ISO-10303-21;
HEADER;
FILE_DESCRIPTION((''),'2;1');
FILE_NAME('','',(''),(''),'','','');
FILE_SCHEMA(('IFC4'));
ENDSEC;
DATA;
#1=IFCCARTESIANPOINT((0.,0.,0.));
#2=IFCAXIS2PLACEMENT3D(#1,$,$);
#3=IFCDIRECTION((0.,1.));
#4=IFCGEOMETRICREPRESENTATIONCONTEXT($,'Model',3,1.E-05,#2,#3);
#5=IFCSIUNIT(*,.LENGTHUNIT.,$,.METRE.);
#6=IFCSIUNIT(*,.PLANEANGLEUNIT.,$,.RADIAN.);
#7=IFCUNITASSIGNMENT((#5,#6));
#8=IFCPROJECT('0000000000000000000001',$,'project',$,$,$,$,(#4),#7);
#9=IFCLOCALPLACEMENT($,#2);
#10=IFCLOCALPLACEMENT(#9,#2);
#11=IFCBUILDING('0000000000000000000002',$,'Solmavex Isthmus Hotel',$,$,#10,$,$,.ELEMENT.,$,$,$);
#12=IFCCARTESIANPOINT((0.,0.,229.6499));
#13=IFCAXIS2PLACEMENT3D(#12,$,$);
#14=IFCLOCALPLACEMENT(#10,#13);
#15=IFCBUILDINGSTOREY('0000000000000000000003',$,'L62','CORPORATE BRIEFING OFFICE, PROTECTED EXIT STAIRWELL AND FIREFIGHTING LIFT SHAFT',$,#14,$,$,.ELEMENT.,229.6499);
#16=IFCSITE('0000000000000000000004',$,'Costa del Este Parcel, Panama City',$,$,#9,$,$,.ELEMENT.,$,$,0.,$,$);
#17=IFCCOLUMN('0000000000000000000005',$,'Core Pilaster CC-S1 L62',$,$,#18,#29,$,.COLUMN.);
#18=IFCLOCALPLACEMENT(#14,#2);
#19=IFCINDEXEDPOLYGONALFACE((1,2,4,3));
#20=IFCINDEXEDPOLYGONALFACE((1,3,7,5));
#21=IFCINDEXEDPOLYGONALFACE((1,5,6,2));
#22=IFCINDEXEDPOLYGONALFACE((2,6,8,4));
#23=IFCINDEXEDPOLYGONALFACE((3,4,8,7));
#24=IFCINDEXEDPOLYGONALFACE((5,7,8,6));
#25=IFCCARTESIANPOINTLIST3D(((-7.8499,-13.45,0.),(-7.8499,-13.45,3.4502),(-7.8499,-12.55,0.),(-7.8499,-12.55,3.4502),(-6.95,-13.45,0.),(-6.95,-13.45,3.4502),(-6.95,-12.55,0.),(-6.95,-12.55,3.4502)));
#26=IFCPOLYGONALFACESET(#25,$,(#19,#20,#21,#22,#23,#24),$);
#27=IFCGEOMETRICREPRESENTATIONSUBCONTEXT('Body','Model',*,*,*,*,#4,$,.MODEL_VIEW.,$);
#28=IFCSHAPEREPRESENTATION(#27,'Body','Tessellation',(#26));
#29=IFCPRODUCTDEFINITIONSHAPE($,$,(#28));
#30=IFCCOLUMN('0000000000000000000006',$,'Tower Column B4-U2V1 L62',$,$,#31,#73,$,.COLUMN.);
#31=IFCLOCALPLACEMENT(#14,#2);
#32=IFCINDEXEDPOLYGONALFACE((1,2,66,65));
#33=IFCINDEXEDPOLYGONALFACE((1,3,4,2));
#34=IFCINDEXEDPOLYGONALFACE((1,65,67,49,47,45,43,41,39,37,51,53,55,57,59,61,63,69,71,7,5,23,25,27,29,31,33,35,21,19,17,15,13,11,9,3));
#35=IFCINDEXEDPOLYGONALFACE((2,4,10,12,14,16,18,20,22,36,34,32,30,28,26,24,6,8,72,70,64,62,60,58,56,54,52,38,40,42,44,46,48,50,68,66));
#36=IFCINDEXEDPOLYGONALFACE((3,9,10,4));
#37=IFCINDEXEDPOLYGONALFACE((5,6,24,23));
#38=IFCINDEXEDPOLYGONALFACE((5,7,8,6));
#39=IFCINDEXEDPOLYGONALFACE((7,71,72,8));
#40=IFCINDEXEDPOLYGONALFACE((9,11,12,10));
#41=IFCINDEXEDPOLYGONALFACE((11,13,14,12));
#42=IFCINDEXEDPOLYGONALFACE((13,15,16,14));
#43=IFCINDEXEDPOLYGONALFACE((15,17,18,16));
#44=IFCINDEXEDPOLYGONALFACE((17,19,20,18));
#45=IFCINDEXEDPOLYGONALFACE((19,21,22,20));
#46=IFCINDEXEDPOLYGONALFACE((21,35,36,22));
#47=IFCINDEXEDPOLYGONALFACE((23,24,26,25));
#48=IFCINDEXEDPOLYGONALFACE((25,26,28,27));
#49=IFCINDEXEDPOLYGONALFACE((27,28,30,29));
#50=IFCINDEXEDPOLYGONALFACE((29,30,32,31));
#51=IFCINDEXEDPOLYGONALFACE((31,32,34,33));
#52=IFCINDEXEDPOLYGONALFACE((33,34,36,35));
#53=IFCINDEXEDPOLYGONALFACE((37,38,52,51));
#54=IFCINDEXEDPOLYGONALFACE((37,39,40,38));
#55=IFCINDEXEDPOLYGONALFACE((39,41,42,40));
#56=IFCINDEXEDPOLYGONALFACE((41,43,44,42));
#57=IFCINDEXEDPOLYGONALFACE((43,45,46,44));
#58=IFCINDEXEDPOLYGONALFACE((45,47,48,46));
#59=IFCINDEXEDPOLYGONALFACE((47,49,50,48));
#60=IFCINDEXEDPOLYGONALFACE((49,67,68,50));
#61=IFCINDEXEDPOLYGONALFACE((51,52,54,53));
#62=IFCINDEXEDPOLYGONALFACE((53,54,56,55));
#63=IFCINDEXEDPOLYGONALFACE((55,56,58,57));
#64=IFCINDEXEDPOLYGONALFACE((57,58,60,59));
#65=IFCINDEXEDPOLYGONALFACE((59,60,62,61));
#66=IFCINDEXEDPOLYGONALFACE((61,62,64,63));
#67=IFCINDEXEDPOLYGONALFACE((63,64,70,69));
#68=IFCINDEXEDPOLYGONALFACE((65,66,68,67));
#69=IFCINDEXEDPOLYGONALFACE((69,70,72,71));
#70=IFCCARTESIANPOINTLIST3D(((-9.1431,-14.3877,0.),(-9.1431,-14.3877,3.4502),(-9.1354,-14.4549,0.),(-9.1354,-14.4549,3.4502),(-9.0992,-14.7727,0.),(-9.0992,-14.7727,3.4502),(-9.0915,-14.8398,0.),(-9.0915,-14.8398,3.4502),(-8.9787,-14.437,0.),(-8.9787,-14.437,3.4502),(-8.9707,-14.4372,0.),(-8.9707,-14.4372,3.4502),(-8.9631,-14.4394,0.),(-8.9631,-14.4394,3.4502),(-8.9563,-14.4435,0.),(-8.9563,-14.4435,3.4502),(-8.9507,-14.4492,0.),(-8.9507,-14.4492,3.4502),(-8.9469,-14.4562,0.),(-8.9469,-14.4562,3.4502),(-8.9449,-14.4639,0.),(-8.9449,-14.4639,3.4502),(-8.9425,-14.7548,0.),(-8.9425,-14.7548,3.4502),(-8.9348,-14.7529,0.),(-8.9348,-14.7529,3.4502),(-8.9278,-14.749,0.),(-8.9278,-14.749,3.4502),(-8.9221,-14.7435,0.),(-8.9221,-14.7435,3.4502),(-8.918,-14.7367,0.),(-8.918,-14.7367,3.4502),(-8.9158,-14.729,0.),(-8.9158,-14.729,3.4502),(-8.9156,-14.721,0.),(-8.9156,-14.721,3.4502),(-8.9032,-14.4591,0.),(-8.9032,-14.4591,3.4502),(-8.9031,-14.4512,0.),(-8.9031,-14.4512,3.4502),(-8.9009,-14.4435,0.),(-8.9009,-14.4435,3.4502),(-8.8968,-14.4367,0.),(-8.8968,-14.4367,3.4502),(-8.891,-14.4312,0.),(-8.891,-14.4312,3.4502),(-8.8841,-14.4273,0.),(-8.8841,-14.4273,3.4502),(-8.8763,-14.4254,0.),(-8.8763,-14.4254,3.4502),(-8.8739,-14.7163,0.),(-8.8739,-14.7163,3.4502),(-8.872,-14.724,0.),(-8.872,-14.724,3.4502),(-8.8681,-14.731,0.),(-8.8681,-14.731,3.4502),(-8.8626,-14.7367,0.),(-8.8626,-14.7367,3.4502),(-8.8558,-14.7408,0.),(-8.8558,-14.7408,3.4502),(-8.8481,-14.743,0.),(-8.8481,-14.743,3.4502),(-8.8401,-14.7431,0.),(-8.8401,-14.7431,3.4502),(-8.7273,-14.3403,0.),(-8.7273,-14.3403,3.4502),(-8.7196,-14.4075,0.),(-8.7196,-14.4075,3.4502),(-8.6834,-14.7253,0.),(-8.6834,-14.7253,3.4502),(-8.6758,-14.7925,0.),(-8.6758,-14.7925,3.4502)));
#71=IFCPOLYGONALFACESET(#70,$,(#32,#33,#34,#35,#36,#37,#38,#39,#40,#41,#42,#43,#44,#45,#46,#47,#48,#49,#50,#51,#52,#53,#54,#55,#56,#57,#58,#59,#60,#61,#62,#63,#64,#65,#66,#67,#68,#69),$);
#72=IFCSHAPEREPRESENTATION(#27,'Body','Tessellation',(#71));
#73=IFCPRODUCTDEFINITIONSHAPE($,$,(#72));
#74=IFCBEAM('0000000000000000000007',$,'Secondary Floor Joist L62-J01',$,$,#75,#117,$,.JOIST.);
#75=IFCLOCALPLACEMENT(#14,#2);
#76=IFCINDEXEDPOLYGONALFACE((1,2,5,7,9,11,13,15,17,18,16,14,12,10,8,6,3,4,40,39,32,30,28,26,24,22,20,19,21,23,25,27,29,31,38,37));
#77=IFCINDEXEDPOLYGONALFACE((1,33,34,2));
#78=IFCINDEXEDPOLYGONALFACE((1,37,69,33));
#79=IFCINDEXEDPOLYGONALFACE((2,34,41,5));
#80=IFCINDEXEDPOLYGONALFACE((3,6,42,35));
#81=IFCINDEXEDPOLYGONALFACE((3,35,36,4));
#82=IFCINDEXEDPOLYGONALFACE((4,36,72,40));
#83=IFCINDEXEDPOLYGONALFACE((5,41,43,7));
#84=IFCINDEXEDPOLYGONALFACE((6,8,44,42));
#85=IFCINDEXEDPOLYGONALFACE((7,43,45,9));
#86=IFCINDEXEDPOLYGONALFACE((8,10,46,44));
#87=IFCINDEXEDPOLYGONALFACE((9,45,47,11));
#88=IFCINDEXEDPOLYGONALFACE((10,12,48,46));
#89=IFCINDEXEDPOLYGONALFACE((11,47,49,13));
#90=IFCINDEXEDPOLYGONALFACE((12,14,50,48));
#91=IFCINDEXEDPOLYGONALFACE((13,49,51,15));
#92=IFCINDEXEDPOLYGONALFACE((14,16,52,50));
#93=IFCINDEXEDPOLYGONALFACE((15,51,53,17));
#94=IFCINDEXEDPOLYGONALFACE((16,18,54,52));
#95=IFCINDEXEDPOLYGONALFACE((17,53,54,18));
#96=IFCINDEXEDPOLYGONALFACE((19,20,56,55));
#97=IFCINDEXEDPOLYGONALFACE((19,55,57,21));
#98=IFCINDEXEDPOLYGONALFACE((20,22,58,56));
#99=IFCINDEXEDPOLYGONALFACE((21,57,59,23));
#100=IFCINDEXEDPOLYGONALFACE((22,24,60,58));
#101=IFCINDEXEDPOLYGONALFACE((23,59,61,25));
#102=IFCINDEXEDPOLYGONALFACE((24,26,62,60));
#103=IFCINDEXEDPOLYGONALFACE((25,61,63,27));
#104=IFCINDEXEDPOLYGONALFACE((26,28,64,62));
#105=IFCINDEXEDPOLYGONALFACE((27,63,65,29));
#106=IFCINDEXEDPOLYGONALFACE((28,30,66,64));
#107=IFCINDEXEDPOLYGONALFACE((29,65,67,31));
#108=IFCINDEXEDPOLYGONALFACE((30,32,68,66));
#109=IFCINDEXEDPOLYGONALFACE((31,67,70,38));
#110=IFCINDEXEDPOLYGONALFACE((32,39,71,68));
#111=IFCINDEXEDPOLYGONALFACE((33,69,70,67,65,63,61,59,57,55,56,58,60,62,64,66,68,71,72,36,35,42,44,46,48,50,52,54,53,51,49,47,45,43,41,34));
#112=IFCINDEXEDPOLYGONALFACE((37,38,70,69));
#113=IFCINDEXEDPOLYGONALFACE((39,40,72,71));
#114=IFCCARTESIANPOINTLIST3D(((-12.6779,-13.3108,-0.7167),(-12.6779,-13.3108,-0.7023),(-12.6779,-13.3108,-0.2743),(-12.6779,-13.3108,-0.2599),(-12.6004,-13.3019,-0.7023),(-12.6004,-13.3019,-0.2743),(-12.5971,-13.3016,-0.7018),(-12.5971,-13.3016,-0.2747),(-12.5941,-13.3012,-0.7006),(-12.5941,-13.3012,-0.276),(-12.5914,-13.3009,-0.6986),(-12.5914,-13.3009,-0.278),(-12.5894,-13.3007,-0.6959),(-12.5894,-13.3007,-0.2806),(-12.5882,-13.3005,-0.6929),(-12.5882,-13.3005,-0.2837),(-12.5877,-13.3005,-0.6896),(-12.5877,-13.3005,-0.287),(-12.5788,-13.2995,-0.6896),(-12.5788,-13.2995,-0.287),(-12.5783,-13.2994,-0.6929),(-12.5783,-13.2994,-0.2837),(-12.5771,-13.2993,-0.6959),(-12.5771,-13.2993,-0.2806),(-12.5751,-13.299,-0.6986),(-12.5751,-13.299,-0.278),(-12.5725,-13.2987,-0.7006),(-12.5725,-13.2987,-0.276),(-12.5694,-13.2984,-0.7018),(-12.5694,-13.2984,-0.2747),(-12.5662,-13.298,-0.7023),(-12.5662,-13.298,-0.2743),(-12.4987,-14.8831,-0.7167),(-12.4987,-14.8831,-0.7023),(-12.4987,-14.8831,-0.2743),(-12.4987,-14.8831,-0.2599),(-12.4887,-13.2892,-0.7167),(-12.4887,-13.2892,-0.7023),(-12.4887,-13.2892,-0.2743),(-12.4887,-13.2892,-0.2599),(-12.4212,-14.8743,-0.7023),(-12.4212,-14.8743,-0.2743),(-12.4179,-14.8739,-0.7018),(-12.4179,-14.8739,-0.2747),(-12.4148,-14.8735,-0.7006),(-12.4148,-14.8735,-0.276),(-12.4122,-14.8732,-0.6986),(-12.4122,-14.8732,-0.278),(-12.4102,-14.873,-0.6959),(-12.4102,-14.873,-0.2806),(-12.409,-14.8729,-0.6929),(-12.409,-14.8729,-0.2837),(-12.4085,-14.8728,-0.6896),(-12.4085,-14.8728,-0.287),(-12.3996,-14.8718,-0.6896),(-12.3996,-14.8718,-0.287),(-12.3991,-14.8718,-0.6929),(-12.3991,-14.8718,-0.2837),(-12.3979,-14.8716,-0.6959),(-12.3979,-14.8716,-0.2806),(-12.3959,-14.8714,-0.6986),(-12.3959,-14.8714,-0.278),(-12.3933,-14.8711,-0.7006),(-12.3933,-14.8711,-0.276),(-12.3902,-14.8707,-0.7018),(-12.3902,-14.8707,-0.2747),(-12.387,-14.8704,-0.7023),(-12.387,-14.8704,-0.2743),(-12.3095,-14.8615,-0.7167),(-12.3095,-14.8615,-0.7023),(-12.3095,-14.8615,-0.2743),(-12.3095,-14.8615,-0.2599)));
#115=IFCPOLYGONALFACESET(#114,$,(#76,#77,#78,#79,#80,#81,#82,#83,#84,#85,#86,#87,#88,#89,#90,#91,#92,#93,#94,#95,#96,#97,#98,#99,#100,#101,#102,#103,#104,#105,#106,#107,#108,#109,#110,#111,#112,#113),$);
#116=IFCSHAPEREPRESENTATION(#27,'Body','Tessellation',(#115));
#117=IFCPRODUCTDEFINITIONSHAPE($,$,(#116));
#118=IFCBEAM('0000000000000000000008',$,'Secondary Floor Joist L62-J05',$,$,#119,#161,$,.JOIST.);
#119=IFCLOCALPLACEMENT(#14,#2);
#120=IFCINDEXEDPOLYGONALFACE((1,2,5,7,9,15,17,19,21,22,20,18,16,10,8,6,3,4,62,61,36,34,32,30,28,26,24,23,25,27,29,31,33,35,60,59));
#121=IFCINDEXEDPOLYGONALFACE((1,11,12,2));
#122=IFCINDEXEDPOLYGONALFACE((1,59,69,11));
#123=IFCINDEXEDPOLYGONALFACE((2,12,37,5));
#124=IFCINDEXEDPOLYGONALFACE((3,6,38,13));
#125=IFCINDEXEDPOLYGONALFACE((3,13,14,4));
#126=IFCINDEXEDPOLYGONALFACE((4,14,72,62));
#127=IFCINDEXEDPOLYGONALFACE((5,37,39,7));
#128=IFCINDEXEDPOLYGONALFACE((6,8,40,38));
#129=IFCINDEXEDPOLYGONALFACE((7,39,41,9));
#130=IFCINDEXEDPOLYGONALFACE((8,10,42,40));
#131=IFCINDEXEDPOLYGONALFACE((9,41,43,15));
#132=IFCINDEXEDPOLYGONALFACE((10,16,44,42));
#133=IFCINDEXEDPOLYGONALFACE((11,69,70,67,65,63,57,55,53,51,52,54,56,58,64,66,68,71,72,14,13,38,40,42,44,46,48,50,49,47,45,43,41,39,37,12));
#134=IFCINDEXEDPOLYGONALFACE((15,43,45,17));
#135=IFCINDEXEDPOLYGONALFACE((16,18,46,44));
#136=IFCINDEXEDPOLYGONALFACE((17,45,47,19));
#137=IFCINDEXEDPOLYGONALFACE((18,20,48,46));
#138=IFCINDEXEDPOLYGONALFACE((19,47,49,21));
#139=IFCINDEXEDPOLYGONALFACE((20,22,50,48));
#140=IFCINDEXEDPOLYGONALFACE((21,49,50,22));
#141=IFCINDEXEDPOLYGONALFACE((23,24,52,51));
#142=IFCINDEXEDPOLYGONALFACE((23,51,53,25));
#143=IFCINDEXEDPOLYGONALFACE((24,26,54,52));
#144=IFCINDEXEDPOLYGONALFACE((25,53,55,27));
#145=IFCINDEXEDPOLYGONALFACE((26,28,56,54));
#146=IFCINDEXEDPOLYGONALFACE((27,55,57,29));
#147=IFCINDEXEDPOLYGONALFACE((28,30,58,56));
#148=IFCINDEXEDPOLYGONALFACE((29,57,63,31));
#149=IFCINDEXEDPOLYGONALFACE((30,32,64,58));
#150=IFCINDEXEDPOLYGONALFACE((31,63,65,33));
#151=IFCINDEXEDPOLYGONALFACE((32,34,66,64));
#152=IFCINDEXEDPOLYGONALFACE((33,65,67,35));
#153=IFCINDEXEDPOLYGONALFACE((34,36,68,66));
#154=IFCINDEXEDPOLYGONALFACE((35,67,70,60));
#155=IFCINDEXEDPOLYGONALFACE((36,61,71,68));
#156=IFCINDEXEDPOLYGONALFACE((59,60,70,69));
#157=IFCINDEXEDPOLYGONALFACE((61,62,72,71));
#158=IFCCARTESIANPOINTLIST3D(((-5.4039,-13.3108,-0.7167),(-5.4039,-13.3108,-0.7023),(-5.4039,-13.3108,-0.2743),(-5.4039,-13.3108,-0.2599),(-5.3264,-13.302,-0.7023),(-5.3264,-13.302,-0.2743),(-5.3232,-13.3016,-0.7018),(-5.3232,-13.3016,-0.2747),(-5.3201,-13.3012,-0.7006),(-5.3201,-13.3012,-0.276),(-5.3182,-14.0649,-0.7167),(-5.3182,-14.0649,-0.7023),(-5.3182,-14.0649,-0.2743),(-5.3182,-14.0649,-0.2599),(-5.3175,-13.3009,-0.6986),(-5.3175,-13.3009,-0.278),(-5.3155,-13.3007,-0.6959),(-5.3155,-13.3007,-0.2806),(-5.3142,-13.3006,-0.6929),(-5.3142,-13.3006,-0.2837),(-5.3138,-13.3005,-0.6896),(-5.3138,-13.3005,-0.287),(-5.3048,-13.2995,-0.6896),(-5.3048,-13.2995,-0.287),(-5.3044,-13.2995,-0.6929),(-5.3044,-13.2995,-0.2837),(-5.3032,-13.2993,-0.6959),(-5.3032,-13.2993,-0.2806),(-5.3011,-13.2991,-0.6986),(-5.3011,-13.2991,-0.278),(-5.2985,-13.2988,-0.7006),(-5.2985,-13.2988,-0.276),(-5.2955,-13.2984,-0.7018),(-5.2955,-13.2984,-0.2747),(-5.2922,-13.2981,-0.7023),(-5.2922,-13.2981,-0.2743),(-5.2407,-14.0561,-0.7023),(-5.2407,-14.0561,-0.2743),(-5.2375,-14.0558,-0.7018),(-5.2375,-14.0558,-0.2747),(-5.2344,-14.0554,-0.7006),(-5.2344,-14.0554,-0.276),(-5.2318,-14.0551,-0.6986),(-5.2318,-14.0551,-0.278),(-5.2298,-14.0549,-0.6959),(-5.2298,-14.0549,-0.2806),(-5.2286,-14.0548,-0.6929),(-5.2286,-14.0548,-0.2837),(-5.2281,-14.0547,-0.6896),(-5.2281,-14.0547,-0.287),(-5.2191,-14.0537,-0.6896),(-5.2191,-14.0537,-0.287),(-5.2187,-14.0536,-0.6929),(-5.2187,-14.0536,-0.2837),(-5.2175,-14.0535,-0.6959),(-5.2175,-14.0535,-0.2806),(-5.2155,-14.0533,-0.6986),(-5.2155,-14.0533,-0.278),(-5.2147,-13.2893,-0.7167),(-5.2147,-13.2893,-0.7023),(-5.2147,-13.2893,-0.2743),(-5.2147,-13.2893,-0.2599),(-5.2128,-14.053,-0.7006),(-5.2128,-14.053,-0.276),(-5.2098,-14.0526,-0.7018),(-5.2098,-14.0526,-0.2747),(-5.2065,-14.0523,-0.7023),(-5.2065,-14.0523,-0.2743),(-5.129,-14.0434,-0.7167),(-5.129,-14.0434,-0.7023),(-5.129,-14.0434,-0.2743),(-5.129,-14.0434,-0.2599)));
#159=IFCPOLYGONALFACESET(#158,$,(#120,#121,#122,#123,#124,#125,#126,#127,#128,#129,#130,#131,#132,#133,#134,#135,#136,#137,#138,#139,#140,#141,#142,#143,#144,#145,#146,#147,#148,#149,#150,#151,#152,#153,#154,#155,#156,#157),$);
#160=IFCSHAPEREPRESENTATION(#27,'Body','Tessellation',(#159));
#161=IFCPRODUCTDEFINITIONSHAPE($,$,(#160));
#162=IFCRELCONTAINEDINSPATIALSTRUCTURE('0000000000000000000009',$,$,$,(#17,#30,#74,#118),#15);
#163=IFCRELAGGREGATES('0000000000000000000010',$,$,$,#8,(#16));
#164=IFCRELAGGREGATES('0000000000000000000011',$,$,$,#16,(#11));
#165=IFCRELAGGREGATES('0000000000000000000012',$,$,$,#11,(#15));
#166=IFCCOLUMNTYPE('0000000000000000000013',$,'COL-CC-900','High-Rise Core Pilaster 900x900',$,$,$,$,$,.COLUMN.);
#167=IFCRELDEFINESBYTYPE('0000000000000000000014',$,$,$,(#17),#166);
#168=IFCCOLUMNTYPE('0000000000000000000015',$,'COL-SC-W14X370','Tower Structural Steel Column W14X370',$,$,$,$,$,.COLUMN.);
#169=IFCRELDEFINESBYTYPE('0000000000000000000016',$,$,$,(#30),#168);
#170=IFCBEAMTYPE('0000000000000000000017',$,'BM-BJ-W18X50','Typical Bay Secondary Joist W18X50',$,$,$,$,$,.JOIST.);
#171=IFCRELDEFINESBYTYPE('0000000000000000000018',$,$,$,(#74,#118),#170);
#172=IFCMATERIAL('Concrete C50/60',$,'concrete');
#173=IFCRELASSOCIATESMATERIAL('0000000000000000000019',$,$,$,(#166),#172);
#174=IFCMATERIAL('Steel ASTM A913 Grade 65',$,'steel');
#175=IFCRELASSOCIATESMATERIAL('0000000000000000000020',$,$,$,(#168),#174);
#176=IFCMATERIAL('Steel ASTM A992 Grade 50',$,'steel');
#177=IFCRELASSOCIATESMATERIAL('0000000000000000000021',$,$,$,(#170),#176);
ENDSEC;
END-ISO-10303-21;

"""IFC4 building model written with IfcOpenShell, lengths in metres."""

from ifc_helpers import new_model, si_unit, direction, frame, origin, origin_2d, place, context, subcontext, project, spatial, rectangle, i_section, extrude, material, material_profile, profile_set, type_object, element, save


model = new_model("IFC4")

# Units and contexts
model_context = context("Model", 3, precision=1e-05, world=origin(), true_north=direction((0.0, 1.0)))
body_context = subcontext(model_context, "Body", "Model", "MODEL_VIEW")
ifc_project = project(units=[si_unit("LENGTHUNIT", "METRE"), si_unit("PLANEANGLEUNIT", "RADIAN")], contexts=[model_context])

# Site, building, storey
site_placement = place(None, origin())
site = spatial("IfcSite", under=ifc_project, at=site_placement, Name="Costa del Este Parcel, Panama City", CompositionType="ELEMENT", RefElevation=0.0)
building_placement = place(site_placement, origin())
building = spatial("IfcBuilding", under=site, at=building_placement, Name="Solmavex Isthmus Hotel", CompositionType="ELEMENT")
storey_placement = place(building_placement, frame((0.0, 0.0, 229.6499)))
storey = spatial("IfcBuildingStorey", under=building, at=storey_placement, Name="L62", Description="CORPORATE BRIEFING OFFICE, PROTECTED EXIT STAIRWELL AND FIREFIGHTING LIFT SHAFT", CompositionType="ELEMENT", Elevation=229.6499)

# Columns
ifc_material_1 = material(Name="Concrete C50/60", Category="concrete")
ifc_material_profile_1 = material_profile(ifc_material_1, rectangle(XDim=0.8999, YDim=0.8999, at=origin_2d()), Name="RC900X900")
ifc_profile_set_1 = profile_set([ifc_material_profile_1], Name="Concrete C50/60")
column_type_1 = type_object("IfcColumnType", Name="COL-CC-900", Description="High-Rise Core Pilaster 900x900", PredefinedType="COLUMN", material=ifc_profile_set_1)
column_1_placement = place(storey_placement, frame((-7.3999, -13.0, 0.0), z_axis=(0.0, 0.0, 1.0), x_axis=(1.0, 0.0, 0.0)))
element("IfcColumn", 1, at=column_1_placement, inside=storey, type_object=column_type_1, Name="Core Pilaster CC-S1 L62", PredefinedType="COLUMN", context=body_context, shape_type="SweptSolid", body=[
    extrude(rectangle(XDim=0.8999, YDim=0.8999, at=origin_2d()), origin(), (0.0, 0.0, 1.0), 3.4502),
])
ifc_material_2 = material(Name="Steel ASTM A913 Grade 65", Category="steel")
ifc_material_profile_2 = material_profile(ifc_material_2, i_section(OverallWidth=0.4185, OverallDepth=0.4551, WebThickness=0.042, FlangeThickness=0.0676, FilletRadius=0.0305, at=origin_2d()), Name="W14X370")
ifc_profile_set_2 = profile_set([ifc_material_profile_2], Name="Steel ASTM A913 Grade 65")
column_type_2 = type_object("IfcColumnType", Name="COL-SC-W14X370", Description="Tower Structural Steel Column W14X370", PredefinedType="COLUMN", material=ifc_profile_set_2)
column_2_placement = place(storey_placement, frame((-8.9094, -14.5901, 0.0), z_axis=(0.0, 0.0, 1.0), x_axis=(0.993572, 0.113203, 0.0)))
element("IfcColumn", 2, at=column_2_placement, inside=storey, type_object=column_type_2, Name="Tower Column B4-U2V1 L62", PredefinedType="COLUMN", context=body_context, shape_type="SweptSolid", body=[
    extrude(i_section(OverallWidth=0.4185, OverallDepth=0.4551, WebThickness=0.042, FlangeThickness=0.0676, FilletRadius=0.0305, at=origin_2d()), origin(), (0.0, 0.0, 1.0), 3.4502),
])

# Beams
ifc_material_3 = material(Name="Steel ASTM A992 Grade 50", Category="steel")
ifc_material_profile_3 = material_profile(ifc_material_3, i_section(OverallWidth=0.1904, OverallDepth=0.4568, WebThickness=0.009, FlangeThickness=0.0144, FilletRadius=0.0127, at=origin_2d()), Name="W18X50")
ifc_profile_set_3 = profile_set([ifc_material_profile_3], Name="Steel ASTM A992 Grade 50")
beam_type_1 = type_object("IfcBeamType", Name="BM-BJ-W18X50", Description="Typical Bay Secondary Joist W18X50", PredefinedType="JOIST", material=ifc_profile_set_3)
beam_1_placement = place(storey_placement, frame((-12.4041, -14.8723, -0.4883), z_axis=(-0.113242, 0.993567, 0.0), x_axis=(-0.993567, -0.113242, 0.0)))
element("IfcBeam", 3, at=beam_1_placement, inside=storey, type_object=beam_type_1, Name="Secondary Floor Joist L62-J01", PredefinedType="JOIST", context=body_context, shape_type="SweptSolid", body=[
    extrude(i_section(OverallWidth=0.1904, OverallDepth=0.4568, WebThickness=0.009, FlangeThickness=0.0144, FilletRadius=0.0127, at=origin_2d()), origin(), (0.0, 0.0, 1.0), 1.5825),
])
beam_2_placement = place(storey_placement, frame((-5.2236, -14.0542, -0.4883), z_axis=(-0.112902, 0.993606, 0.0), x_axis=(-0.993606, -0.112902, 0.0)))
element("IfcBeam", 4, at=beam_2_placement, inside=storey, type_object=beam_type_1, Name="Secondary Floor Joist L62-J05", PredefinedType="JOIST", context=body_context, shape_type="SweptSolid", body=[
    extrude(i_section(OverallWidth=0.1904, OverallDepth=0.4568, WebThickness=0.009, FlangeThickness=0.0144, FilletRadius=0.0127, at=origin_2d()), origin(), (0.0, 0.0, 1.0), 0.759),
])

save(model, "model.ifc")
